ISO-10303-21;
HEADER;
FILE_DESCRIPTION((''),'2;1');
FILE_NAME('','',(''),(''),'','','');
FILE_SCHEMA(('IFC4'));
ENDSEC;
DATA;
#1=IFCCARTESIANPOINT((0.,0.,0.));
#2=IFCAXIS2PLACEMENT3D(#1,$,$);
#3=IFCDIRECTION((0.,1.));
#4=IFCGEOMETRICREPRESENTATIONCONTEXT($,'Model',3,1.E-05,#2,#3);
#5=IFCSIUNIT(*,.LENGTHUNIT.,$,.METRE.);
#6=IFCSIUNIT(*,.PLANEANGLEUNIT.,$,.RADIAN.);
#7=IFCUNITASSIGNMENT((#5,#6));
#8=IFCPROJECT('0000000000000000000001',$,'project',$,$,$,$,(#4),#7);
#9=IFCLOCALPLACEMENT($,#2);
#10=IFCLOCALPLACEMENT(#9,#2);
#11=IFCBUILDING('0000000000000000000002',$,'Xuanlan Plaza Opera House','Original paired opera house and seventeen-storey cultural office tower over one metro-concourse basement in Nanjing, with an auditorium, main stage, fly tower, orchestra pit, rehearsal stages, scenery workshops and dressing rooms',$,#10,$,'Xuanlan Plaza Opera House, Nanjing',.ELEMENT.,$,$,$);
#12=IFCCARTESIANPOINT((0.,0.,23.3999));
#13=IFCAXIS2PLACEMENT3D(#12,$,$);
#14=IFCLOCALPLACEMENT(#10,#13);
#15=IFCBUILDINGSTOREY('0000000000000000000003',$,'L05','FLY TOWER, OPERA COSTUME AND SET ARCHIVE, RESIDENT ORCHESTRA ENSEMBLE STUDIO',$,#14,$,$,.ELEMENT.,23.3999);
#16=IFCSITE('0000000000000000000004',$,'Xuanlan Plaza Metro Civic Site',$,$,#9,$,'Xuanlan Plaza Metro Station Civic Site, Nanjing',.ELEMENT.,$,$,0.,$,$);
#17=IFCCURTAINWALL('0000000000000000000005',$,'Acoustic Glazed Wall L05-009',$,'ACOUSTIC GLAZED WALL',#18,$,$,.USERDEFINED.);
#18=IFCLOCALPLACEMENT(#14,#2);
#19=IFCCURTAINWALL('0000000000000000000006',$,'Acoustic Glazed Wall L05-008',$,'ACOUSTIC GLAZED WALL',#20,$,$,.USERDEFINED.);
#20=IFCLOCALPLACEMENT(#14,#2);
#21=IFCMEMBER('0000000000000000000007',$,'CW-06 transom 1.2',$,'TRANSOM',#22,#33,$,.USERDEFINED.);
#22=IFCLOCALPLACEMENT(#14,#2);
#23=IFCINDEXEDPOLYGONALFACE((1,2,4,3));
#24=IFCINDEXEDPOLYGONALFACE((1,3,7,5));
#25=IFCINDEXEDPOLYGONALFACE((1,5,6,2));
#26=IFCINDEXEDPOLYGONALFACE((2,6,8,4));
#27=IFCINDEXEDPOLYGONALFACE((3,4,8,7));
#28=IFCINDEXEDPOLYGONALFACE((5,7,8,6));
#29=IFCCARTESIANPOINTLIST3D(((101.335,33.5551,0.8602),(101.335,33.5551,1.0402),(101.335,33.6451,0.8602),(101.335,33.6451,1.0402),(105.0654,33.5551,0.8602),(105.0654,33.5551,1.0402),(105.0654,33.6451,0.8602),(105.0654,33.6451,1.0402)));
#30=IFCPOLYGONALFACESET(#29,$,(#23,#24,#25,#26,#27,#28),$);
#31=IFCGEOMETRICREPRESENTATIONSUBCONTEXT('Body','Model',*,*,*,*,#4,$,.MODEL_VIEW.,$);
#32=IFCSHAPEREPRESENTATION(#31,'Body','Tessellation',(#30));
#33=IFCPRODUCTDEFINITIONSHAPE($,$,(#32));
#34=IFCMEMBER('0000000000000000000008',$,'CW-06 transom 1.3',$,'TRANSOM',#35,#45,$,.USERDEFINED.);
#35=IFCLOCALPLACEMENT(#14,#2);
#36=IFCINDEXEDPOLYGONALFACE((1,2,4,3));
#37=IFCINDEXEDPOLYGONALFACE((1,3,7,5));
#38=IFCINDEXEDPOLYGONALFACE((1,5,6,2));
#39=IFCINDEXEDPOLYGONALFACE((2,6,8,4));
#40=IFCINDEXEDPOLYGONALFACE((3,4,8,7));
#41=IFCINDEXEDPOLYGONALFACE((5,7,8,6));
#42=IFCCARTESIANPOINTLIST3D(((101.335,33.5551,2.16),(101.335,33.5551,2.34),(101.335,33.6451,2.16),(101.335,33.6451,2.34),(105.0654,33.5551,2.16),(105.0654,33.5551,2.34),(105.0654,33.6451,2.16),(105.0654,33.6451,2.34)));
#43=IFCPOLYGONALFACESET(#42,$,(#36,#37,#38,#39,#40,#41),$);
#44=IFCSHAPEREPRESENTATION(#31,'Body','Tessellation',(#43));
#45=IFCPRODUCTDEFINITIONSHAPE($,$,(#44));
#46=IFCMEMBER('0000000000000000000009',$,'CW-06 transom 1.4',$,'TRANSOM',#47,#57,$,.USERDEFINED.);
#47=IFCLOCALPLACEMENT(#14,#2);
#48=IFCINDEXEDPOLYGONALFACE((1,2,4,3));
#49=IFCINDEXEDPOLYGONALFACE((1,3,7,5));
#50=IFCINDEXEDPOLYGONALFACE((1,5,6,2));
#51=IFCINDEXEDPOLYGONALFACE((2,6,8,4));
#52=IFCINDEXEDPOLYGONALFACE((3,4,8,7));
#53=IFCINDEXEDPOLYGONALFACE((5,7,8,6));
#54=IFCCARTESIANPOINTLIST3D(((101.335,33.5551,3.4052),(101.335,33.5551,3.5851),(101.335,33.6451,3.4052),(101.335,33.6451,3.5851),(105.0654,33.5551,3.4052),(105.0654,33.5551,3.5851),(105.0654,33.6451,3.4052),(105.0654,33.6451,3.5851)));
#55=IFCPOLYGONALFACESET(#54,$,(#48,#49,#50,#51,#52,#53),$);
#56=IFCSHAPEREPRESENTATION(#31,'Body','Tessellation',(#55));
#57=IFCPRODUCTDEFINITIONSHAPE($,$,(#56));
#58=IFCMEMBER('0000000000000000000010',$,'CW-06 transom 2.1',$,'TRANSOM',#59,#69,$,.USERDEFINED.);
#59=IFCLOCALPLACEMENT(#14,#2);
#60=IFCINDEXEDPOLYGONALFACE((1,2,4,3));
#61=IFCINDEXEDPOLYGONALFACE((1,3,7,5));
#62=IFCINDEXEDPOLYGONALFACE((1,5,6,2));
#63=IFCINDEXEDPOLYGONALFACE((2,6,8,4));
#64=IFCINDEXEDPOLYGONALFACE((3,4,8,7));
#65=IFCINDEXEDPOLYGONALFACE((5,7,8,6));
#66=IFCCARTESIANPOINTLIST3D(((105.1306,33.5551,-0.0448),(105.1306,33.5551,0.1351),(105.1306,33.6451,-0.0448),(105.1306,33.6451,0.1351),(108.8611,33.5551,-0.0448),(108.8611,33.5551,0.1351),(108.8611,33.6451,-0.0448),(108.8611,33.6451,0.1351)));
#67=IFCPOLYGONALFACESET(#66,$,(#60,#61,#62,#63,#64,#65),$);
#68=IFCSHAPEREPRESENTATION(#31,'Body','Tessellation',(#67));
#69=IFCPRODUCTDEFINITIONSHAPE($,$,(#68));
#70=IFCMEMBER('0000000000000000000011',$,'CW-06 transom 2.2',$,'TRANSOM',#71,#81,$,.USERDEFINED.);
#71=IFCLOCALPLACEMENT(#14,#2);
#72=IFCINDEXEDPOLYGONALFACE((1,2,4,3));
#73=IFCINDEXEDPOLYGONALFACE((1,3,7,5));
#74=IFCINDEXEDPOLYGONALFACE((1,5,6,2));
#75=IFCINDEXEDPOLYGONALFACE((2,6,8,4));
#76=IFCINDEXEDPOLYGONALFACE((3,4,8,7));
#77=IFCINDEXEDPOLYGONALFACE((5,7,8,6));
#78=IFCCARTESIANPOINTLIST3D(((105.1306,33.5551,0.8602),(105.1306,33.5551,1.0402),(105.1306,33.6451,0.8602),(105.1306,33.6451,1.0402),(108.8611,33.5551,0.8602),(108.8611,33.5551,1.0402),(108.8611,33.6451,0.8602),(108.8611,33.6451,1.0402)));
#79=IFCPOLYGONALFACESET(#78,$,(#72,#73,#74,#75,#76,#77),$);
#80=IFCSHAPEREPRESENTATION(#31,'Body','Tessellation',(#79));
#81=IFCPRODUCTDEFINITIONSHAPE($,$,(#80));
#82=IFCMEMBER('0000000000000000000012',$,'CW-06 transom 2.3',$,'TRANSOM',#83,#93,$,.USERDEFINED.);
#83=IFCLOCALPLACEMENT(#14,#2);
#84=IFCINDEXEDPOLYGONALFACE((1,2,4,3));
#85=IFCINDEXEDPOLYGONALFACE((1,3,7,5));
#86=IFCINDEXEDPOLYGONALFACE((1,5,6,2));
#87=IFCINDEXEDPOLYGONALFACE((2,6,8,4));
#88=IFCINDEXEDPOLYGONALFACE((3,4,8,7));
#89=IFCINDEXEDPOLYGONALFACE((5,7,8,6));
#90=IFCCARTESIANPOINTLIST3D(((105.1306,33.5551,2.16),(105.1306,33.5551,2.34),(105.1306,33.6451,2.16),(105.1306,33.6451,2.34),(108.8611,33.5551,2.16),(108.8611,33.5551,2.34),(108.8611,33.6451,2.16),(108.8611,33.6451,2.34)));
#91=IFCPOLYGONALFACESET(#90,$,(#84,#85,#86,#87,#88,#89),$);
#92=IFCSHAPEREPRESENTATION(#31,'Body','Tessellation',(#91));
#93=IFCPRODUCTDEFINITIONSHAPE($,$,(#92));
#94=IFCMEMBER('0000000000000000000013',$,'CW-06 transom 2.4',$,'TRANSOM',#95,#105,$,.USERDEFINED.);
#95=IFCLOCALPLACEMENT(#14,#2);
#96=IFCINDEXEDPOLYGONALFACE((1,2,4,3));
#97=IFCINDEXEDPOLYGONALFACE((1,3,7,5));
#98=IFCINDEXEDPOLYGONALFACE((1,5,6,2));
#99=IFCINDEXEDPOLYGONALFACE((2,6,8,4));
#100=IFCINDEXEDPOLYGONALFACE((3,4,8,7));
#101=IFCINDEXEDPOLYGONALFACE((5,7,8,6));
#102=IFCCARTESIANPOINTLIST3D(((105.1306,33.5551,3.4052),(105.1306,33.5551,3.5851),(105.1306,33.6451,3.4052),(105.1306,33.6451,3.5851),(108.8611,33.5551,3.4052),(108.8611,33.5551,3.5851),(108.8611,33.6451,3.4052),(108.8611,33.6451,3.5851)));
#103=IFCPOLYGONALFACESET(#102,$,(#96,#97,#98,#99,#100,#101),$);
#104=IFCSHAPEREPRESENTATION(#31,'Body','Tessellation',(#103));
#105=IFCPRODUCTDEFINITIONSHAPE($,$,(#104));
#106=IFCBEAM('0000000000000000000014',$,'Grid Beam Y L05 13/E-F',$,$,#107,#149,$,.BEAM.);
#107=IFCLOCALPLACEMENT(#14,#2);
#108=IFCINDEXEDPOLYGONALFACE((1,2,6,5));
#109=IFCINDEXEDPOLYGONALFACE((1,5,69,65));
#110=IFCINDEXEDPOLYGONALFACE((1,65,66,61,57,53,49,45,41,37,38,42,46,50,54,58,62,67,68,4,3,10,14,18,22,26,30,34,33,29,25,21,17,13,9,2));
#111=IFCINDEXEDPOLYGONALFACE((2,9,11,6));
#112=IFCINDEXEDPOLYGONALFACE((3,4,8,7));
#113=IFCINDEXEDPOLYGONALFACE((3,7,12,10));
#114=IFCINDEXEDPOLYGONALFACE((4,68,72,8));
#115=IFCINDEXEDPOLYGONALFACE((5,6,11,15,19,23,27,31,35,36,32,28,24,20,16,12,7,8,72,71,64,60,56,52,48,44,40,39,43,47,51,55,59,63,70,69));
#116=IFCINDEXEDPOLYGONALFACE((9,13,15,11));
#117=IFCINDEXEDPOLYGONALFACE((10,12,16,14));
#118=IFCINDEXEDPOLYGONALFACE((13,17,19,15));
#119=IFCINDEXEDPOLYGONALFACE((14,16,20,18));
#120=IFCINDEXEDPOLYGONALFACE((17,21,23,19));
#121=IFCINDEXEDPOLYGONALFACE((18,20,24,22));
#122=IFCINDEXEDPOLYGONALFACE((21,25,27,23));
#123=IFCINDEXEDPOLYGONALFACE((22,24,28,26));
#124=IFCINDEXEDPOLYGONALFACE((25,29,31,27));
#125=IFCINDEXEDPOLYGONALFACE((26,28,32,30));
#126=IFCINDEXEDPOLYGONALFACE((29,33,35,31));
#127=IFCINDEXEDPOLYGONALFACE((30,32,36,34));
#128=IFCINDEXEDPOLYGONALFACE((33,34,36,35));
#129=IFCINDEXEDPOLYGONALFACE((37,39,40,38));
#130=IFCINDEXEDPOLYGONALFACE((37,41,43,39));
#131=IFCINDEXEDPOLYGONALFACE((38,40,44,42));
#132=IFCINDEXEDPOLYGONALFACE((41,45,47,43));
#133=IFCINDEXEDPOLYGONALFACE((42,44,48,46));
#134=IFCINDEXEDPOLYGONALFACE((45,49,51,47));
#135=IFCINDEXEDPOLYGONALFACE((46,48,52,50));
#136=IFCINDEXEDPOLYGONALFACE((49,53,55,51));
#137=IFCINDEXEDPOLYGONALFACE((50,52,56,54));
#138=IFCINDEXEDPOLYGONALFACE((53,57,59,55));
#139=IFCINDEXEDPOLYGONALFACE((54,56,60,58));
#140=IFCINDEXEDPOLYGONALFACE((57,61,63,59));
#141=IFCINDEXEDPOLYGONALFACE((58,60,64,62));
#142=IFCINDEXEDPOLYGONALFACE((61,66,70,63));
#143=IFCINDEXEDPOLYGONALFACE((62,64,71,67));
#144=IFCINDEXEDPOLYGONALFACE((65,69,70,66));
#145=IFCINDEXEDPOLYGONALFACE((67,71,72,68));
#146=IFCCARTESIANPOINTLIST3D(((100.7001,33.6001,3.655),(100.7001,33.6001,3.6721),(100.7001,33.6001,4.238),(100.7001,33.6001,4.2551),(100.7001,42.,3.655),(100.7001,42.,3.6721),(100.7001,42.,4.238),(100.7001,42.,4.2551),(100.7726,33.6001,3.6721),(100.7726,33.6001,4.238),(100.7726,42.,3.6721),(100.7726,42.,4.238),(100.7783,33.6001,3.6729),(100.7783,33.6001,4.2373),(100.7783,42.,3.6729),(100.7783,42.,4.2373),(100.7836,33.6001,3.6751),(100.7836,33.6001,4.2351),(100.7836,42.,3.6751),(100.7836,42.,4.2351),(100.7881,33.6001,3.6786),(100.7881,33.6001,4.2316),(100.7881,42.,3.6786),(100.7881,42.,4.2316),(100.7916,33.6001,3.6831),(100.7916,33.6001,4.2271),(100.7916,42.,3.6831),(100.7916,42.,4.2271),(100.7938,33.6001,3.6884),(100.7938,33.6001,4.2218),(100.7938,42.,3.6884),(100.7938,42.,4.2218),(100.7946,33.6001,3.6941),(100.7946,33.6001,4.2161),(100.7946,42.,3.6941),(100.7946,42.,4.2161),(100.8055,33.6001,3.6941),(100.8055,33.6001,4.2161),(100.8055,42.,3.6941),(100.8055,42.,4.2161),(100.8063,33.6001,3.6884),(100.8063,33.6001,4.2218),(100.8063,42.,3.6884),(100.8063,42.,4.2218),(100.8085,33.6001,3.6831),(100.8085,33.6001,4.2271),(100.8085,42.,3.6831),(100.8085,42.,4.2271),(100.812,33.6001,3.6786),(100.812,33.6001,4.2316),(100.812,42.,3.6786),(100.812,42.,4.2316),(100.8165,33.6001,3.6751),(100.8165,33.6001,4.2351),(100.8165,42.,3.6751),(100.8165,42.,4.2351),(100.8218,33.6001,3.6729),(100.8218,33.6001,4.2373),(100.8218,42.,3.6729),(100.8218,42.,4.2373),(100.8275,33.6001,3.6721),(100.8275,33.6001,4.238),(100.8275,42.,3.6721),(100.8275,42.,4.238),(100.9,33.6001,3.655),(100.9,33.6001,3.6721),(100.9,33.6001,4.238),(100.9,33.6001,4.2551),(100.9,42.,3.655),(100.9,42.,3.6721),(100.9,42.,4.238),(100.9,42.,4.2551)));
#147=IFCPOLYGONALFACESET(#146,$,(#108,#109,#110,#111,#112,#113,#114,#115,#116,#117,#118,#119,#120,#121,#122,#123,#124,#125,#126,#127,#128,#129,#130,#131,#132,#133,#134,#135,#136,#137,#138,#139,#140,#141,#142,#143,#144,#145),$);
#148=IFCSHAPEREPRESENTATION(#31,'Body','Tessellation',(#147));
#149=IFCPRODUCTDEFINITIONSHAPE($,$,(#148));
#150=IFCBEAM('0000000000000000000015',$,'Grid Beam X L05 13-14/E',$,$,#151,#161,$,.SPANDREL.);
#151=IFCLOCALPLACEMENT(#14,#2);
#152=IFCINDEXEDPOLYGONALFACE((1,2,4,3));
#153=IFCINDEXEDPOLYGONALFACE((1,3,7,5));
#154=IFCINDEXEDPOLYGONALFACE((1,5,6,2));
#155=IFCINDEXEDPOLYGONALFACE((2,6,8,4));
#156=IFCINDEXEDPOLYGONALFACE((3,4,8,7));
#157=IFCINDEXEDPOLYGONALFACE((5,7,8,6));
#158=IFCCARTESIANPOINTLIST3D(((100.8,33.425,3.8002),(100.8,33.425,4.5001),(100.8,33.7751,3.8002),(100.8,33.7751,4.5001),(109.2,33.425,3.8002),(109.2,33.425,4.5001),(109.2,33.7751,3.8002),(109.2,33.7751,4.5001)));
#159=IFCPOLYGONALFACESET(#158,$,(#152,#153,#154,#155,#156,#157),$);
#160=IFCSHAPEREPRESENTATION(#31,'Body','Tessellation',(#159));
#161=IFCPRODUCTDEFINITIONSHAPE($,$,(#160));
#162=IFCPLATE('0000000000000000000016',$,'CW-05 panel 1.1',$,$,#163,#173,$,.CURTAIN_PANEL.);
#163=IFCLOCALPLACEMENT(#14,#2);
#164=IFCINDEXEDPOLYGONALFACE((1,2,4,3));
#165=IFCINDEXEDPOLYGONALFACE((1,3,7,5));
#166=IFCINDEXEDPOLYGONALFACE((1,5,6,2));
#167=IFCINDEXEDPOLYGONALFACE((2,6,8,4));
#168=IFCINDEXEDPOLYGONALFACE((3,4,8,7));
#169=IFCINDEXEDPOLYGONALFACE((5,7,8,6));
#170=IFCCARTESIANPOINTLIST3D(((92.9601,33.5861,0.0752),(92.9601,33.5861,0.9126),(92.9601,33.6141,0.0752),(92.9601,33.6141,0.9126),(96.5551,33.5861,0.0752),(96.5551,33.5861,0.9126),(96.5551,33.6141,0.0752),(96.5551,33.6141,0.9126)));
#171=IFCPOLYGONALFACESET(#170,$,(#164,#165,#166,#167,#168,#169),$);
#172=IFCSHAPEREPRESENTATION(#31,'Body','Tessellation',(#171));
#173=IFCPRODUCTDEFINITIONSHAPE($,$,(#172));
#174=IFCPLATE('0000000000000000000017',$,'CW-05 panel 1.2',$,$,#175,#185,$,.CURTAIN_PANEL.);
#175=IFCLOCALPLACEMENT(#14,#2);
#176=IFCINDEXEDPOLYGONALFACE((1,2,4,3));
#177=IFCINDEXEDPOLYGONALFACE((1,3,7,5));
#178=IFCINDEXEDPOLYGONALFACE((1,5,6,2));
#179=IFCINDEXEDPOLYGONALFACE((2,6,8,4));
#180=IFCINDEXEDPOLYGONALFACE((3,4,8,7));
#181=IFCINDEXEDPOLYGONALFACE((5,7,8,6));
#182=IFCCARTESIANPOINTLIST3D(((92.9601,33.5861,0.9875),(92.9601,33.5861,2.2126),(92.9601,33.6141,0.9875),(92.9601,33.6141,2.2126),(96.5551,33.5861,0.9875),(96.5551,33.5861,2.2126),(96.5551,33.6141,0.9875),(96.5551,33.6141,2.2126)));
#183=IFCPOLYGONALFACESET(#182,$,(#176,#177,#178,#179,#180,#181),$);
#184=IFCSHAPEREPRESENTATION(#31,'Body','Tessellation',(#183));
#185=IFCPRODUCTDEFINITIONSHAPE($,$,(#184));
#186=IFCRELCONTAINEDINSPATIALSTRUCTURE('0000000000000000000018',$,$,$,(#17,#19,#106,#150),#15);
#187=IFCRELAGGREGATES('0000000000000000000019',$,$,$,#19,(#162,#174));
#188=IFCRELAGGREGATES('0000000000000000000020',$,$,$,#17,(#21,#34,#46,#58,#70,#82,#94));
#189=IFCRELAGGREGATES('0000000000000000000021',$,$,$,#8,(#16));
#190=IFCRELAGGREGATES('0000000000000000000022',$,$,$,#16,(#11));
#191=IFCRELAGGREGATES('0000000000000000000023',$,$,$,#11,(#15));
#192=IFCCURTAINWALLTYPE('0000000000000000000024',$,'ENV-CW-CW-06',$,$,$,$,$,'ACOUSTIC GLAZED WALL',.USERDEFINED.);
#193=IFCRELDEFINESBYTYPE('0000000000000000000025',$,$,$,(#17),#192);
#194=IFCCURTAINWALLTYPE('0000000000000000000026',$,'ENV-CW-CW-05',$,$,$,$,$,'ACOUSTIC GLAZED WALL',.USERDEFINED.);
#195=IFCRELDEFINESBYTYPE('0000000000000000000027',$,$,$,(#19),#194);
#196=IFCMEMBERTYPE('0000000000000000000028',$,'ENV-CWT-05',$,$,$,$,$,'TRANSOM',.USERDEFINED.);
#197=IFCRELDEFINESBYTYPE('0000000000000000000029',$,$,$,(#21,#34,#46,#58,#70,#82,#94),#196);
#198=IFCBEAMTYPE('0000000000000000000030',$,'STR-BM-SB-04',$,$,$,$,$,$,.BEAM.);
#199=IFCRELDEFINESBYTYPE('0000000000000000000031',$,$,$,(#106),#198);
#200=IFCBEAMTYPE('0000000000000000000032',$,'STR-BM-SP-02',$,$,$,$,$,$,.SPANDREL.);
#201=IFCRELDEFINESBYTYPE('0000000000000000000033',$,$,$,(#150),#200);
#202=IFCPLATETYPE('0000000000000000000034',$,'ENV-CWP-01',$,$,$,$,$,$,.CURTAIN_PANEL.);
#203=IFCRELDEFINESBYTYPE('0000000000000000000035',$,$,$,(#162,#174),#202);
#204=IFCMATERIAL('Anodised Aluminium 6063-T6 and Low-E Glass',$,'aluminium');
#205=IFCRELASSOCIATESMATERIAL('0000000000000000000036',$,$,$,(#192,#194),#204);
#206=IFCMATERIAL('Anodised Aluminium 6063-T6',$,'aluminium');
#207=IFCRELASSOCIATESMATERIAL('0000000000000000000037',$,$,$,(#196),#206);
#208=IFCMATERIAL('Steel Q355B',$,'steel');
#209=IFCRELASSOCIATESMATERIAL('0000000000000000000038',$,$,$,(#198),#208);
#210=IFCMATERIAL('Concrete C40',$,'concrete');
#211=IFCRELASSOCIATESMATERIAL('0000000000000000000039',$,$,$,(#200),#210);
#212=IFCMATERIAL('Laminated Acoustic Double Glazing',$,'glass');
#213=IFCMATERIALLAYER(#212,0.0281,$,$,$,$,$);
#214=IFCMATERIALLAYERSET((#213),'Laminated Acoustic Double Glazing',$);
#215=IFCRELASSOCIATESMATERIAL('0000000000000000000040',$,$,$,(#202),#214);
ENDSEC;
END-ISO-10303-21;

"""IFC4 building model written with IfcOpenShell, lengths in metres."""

from ifc_helpers import new_model, si_unit, direction, frame, origin, origin_2d, place, context, subcontext, project, spatial, rectangle, i_section, extrude, material, layer, layer_set, material_profile, profile_set, type_object, element, aggregate, save


model = new_model("IFC4")

# Units and contexts
model_context = context("Model", 3, precision=1e-05, world=origin(), true_north=direction((0.0, 1.0)))
body_context = subcontext(model_context, "Body", "Model", "MODEL_VIEW")
ifc_project = project(units=[si_unit("LENGTHUNIT", "METRE"), si_unit("PLANEANGLEUNIT", "RADIAN")], contexts=[model_context])

# Site, building, storey
site_placement = place(None, origin())
site = spatial("IfcSite", under=ifc_project, at=site_placement, Name="Xuanlan Plaza Metro Civic Site", LongName="Xuanlan Plaza Metro Station Civic Site, Nanjing", CompositionType="ELEMENT", RefElevation=0.0)
building_placement = place(site_placement, origin())
building = spatial("IfcBuilding", under=site, at=building_placement, Name="Xuanlan Plaza Opera House", Description="Original paired opera house and seventeen-storey cultural office tower over one metro-concourse basement in Nanjing, with an auditorium, main stage, fly tower, orchestra pit, rehearsal stages, scenery workshops and dressing rooms", LongName="Xuanlan Plaza Opera House, Nanjing", CompositionType="ELEMENT")
storey_placement = place(building_placement, frame((0.0, 0.0, 23.3999)))
storey = spatial("IfcBuildingStorey", under=building, at=storey_placement, Name="L05", Description="FLY TOWER, OPERA COSTUME AND SET ARCHIVE, RESIDENT ORCHESTRA ENSEMBLE STUDIO", CompositionType="ELEMENT", Elevation=23.3999)

# Curtain walls
ifc_material_1 = material(Name="Anodised Aluminium 6063-T6 and Low-E Glass", Category="aluminium")
curtain_wall_type_1 = type_object("IfcCurtainWallType", Name="ENV-CW-CW-06", ElementType="ACOUSTIC GLAZED WALL", PredefinedType="USERDEFINED", material=ifc_material_1)
curtain_wall_1_placement = place(storey_placement, origin())
curtain_wall_1 = element("IfcCurtainWall", 1, at=curtain_wall_1_placement, inside=storey, type_object=curtain_wall_type_1, Name="Acoustic Glazed Wall L05-009", ObjectType="ACOUSTIC GLAZED WALL", PredefinedType="USERDEFINED")
ifc_material_2 = material(Name="Anodised Aluminium 6063-T6", Category="aluminium")
curtain_wall_type_2 = type_object("IfcCurtainWallType", Name="ENV-CW-CW-05", ElementType="ACOUSTIC GLAZED WALL", PredefinedType="USERDEFINED", material=ifc_material_1)
curtain_wall_2_placement = place(storey_placement, origin())
curtain_wall_2 = element("IfcCurtainWall", 2, at=curtain_wall_2_placement, inside=storey, type_object=curtain_wall_type_2, Name="Acoustic Glazed Wall L05-008", ObjectType="ACOUSTIC GLAZED WALL", PredefinedType="USERDEFINED")

# Members
ifc_material_profile_1 = material_profile(ifc_material_2, rectangle(XDim=0.0901, YDim=0.1799, at=origin_2d()), Name="ALU-T 90x180")
ifc_profile_set_1 = profile_set([ifc_material_profile_1], Name="Anodised Aluminium 6063-T6")
member_type_1 = type_object("IfcMemberType", Name="ENV-CWT-05", ElementType="TRANSOM", PredefinedType="USERDEFINED", material=ifc_profile_set_1)
member_1_placement = place(storey_placement, frame((101.335, 33.6001, 0.9502), z_axis=(1.0, 0.0, 0.0), x_axis=(0.0, 1.0, 0.0)))
member_1 = element("IfcMember", 3, at=member_1_placement, type_object=member_type_1, Name="CW-06 transom 1.2", ObjectType="TRANSOM", PredefinedType="USERDEFINED", context=body_context, shape_type="SweptSolid", body=[
    extrude(rectangle(XDim=0.0901, YDim=0.1799, at=origin_2d()), origin(), (0.0, 0.0, 1.0), 3.7305),
])
member_2_placement = place(storey_placement, frame((101.335, 33.6001, 2.25), z_axis=(1.0, 0.0, 0.0), x_axis=(0.0, 1.0, 0.0)))
member_2 = element("IfcMember", 4, at=member_2_placement, type_object=member_type_1, Name="CW-06 transom 1.3", ObjectType="TRANSOM", PredefinedType="USERDEFINED", context=body_context, shape_type="SweptSolid", body=[
    extrude(rectangle(XDim=0.0901, YDim=0.1799, at=origin_2d()), origin(), (0.0, 0.0, 1.0), 3.7305),
])
member_3_placement = place(storey_placement, frame((101.335, 33.6001, 3.4951), z_axis=(1.0, 0.0, 0.0), x_axis=(0.0, 1.0, 0.0)))
member_3 = element("IfcMember", 5, at=member_3_placement, type_object=member_type_1, Name="CW-06 transom 1.4", ObjectType="TRANSOM", PredefinedType="USERDEFINED", context=body_context, shape_type="SweptSolid", body=[
    extrude(rectangle(XDim=0.0901, YDim=0.1799, at=origin_2d()), origin(), (0.0, 0.0, 1.0), 3.7305),
])
member_4_placement = place(storey_placement, frame((105.1306, 33.6001, 0.0452), z_axis=(1.0, 0.0, 0.0), x_axis=(0.0, 1.0, 0.0)))
member_4 = element("IfcMember", 6, at=member_4_placement, type_object=member_type_1, Name="CW-06 transom 2.1", ObjectType="TRANSOM", PredefinedType="USERDEFINED", context=body_context, shape_type="SweptSolid", body=[
    extrude(rectangle(XDim=0.0901, YDim=0.1799, at=origin_2d()), origin(), (0.0, 0.0, 1.0), 3.7305),
])
member_5_placement = place(storey_placement, frame((105.1306, 33.6001, 0.9502), z_axis=(1.0, 0.0, 0.0), x_axis=(0.0, 1.0, 0.0)))
member_5 = element("IfcMember", 7, at=member_5_placement, type_object=member_type_1, Name="CW-06 transom 2.2", ObjectType="TRANSOM", PredefinedType="USERDEFINED", context=body_context, shape_type="SweptSolid", body=[
    extrude(rectangle(XDim=0.0901, YDim=0.1799, at=origin_2d()), origin(), (0.0, 0.0, 1.0), 3.7305),
])
member_6_placement = place(storey_placement, frame((105.1306, 33.6001, 2.25), z_axis=(1.0, 0.0, 0.0), x_axis=(0.0, 1.0, 0.0)))
member_6 = element("IfcMember", 8, at=member_6_placement, type_object=member_type_1, Name="CW-06 transom 2.3", ObjectType="TRANSOM", PredefinedType="USERDEFINED", context=body_context, shape_type="SweptSolid", body=[
    extrude(rectangle(XDim=0.0901, YDim=0.1799, at=origin_2d()), origin(), (0.0, 0.0, 1.0), 3.7305),
])
member_7_placement = place(storey_placement, frame((105.1306, 33.6001, 3.4951), z_axis=(1.0, 0.0, 0.0), x_axis=(0.0, 1.0, 0.0)))
member_7 = element("IfcMember", 9, at=member_7_placement, type_object=member_type_1, Name="CW-06 transom 2.4", ObjectType="TRANSOM", PredefinedType="USERDEFINED", context=body_context, shape_type="SweptSolid", body=[
    extrude(rectangle(XDim=0.0901, YDim=0.1799, at=origin_2d()), origin(), (0.0, 0.0, 1.0), 3.7305),
])

# Beams
ifc_material_3 = material(Name="Steel Q355B", Category="steel")
ifc_material_profile_2 = material_profile(ifc_material_3, i_section(OverallWidth=0.2, OverallDepth=0.6001, WebThickness=0.011, FlangeThickness=0.0171, FilletRadius=0.022, at=origin_2d()), Name="HN 600x200x11x17")
ifc_profile_set_2 = profile_set([ifc_material_profile_2], Name="Steel Q355B")
beam_type_1 = type_object("IfcBeamType", Name="STR-BM-SB-04", PredefinedType="BEAM", material=ifc_profile_set_2)
beam_1_placement = place(storey_placement, frame((100.8, 33.6001, 3.9551), z_axis=(0.0, 1.0, 0.0), x_axis=(-1.0, 0.0, 0.0)))
element("IfcBeam", 10, at=beam_1_placement, inside=storey, type_object=beam_type_1, Name="Grid Beam Y L05 13/E-F", PredefinedType="BEAM", context=body_context, shape_type="SweptSolid", body=[
    extrude(i_section(OverallWidth=0.2, OverallDepth=0.6001, WebThickness=0.011, FlangeThickness=0.0171, FilletRadius=0.022, at=origin_2d()), origin(), (0.0, 0.0, 1.0), 8.3999),
])
ifc_material_4 = material(Name="Concrete C40", Category="concrete")
ifc_material_profile_3 = material_profile(ifc_material_4, rectangle(XDim=0.3501, YDim=0.7, at=origin_2d()), Name="RC-SPD 350x700")
ifc_profile_set_3 = profile_set([ifc_material_profile_3], Name="Concrete C40")
beam_type_2 = type_object("IfcBeamType", Name="STR-BM-SP-02", PredefinedType="SPANDREL", material=ifc_profile_set_3)
beam_2_placement = place(storey_placement, frame((100.8, 33.6001, 4.1501), z_axis=(1.0, 0.0, 0.0), x_axis=(0.0, 1.0, 0.0)))
element("IfcBeam", 11, at=beam_2_placement, inside=storey, type_object=beam_type_2, Name="Grid Beam X L05 13-14/E", PredefinedType="SPANDREL", context=body_context, shape_type="SweptSolid", body=[
    extrude(rectangle(XDim=0.3501, YDim=0.7, at=origin_2d()), origin(), (0.0, 0.0, 1.0), 8.3999),
])

# Plates
ifc_material_5 = material(Name="Laminated Acoustic Double Glazing", Category="glass")
ifc_layer_1 = layer(ifc_material_5, 0.0281)
ifc_layer_set_1 = layer_set([ifc_layer_1], Name="Laminated Acoustic Double Glazing")
plate_type_1 = type_object("IfcPlateType", Name="ENV-CWP-01", PredefinedType="CURTAIN_PANEL", material=ifc_layer_set_1)
plate_1_placement = place(storey_placement, frame((94.7576, 33.6001, 0.0752), z_axis=(0.0, 0.0, 1.0), x_axis=(1.0, 0.0, 0.0)))
plate_1 = element("IfcPlate", 12, at=plate_1_placement, type_object=plate_type_1, Name="CW-05 panel 1.1", PredefinedType="CURTAIN_PANEL", context=body_context, shape_type="SweptSolid", body=[
    extrude(rectangle(XDim=3.595, YDim=0.0281, at=origin_2d()), origin(), (0.0, 0.0, 1.0), 0.8374),
])
plate_2_placement = place(storey_placement, frame((94.7576, 33.6001, 0.9875), z_axis=(0.0, 0.0, 1.0), x_axis=(1.0, 0.0, 0.0)))
plate_2 = element("IfcPlate", 13, at=plate_2_placement, type_object=plate_type_1, Name="CW-05 panel 1.2", PredefinedType="CURTAIN_PANEL", context=body_context, shape_type="SweptSolid", body=[
    extrude(rectangle(XDim=3.595, YDim=0.0281, at=origin_2d()), origin(), (0.0, 0.0, 1.0), 1.2251),
])
aggregate(curtain_wall_2, [plate_1, plate_2])
aggregate(curtain_wall_1, [member_1, member_2, member_3, member_4, member_5, member_6, member_7])

save(model, "model.ifc")
